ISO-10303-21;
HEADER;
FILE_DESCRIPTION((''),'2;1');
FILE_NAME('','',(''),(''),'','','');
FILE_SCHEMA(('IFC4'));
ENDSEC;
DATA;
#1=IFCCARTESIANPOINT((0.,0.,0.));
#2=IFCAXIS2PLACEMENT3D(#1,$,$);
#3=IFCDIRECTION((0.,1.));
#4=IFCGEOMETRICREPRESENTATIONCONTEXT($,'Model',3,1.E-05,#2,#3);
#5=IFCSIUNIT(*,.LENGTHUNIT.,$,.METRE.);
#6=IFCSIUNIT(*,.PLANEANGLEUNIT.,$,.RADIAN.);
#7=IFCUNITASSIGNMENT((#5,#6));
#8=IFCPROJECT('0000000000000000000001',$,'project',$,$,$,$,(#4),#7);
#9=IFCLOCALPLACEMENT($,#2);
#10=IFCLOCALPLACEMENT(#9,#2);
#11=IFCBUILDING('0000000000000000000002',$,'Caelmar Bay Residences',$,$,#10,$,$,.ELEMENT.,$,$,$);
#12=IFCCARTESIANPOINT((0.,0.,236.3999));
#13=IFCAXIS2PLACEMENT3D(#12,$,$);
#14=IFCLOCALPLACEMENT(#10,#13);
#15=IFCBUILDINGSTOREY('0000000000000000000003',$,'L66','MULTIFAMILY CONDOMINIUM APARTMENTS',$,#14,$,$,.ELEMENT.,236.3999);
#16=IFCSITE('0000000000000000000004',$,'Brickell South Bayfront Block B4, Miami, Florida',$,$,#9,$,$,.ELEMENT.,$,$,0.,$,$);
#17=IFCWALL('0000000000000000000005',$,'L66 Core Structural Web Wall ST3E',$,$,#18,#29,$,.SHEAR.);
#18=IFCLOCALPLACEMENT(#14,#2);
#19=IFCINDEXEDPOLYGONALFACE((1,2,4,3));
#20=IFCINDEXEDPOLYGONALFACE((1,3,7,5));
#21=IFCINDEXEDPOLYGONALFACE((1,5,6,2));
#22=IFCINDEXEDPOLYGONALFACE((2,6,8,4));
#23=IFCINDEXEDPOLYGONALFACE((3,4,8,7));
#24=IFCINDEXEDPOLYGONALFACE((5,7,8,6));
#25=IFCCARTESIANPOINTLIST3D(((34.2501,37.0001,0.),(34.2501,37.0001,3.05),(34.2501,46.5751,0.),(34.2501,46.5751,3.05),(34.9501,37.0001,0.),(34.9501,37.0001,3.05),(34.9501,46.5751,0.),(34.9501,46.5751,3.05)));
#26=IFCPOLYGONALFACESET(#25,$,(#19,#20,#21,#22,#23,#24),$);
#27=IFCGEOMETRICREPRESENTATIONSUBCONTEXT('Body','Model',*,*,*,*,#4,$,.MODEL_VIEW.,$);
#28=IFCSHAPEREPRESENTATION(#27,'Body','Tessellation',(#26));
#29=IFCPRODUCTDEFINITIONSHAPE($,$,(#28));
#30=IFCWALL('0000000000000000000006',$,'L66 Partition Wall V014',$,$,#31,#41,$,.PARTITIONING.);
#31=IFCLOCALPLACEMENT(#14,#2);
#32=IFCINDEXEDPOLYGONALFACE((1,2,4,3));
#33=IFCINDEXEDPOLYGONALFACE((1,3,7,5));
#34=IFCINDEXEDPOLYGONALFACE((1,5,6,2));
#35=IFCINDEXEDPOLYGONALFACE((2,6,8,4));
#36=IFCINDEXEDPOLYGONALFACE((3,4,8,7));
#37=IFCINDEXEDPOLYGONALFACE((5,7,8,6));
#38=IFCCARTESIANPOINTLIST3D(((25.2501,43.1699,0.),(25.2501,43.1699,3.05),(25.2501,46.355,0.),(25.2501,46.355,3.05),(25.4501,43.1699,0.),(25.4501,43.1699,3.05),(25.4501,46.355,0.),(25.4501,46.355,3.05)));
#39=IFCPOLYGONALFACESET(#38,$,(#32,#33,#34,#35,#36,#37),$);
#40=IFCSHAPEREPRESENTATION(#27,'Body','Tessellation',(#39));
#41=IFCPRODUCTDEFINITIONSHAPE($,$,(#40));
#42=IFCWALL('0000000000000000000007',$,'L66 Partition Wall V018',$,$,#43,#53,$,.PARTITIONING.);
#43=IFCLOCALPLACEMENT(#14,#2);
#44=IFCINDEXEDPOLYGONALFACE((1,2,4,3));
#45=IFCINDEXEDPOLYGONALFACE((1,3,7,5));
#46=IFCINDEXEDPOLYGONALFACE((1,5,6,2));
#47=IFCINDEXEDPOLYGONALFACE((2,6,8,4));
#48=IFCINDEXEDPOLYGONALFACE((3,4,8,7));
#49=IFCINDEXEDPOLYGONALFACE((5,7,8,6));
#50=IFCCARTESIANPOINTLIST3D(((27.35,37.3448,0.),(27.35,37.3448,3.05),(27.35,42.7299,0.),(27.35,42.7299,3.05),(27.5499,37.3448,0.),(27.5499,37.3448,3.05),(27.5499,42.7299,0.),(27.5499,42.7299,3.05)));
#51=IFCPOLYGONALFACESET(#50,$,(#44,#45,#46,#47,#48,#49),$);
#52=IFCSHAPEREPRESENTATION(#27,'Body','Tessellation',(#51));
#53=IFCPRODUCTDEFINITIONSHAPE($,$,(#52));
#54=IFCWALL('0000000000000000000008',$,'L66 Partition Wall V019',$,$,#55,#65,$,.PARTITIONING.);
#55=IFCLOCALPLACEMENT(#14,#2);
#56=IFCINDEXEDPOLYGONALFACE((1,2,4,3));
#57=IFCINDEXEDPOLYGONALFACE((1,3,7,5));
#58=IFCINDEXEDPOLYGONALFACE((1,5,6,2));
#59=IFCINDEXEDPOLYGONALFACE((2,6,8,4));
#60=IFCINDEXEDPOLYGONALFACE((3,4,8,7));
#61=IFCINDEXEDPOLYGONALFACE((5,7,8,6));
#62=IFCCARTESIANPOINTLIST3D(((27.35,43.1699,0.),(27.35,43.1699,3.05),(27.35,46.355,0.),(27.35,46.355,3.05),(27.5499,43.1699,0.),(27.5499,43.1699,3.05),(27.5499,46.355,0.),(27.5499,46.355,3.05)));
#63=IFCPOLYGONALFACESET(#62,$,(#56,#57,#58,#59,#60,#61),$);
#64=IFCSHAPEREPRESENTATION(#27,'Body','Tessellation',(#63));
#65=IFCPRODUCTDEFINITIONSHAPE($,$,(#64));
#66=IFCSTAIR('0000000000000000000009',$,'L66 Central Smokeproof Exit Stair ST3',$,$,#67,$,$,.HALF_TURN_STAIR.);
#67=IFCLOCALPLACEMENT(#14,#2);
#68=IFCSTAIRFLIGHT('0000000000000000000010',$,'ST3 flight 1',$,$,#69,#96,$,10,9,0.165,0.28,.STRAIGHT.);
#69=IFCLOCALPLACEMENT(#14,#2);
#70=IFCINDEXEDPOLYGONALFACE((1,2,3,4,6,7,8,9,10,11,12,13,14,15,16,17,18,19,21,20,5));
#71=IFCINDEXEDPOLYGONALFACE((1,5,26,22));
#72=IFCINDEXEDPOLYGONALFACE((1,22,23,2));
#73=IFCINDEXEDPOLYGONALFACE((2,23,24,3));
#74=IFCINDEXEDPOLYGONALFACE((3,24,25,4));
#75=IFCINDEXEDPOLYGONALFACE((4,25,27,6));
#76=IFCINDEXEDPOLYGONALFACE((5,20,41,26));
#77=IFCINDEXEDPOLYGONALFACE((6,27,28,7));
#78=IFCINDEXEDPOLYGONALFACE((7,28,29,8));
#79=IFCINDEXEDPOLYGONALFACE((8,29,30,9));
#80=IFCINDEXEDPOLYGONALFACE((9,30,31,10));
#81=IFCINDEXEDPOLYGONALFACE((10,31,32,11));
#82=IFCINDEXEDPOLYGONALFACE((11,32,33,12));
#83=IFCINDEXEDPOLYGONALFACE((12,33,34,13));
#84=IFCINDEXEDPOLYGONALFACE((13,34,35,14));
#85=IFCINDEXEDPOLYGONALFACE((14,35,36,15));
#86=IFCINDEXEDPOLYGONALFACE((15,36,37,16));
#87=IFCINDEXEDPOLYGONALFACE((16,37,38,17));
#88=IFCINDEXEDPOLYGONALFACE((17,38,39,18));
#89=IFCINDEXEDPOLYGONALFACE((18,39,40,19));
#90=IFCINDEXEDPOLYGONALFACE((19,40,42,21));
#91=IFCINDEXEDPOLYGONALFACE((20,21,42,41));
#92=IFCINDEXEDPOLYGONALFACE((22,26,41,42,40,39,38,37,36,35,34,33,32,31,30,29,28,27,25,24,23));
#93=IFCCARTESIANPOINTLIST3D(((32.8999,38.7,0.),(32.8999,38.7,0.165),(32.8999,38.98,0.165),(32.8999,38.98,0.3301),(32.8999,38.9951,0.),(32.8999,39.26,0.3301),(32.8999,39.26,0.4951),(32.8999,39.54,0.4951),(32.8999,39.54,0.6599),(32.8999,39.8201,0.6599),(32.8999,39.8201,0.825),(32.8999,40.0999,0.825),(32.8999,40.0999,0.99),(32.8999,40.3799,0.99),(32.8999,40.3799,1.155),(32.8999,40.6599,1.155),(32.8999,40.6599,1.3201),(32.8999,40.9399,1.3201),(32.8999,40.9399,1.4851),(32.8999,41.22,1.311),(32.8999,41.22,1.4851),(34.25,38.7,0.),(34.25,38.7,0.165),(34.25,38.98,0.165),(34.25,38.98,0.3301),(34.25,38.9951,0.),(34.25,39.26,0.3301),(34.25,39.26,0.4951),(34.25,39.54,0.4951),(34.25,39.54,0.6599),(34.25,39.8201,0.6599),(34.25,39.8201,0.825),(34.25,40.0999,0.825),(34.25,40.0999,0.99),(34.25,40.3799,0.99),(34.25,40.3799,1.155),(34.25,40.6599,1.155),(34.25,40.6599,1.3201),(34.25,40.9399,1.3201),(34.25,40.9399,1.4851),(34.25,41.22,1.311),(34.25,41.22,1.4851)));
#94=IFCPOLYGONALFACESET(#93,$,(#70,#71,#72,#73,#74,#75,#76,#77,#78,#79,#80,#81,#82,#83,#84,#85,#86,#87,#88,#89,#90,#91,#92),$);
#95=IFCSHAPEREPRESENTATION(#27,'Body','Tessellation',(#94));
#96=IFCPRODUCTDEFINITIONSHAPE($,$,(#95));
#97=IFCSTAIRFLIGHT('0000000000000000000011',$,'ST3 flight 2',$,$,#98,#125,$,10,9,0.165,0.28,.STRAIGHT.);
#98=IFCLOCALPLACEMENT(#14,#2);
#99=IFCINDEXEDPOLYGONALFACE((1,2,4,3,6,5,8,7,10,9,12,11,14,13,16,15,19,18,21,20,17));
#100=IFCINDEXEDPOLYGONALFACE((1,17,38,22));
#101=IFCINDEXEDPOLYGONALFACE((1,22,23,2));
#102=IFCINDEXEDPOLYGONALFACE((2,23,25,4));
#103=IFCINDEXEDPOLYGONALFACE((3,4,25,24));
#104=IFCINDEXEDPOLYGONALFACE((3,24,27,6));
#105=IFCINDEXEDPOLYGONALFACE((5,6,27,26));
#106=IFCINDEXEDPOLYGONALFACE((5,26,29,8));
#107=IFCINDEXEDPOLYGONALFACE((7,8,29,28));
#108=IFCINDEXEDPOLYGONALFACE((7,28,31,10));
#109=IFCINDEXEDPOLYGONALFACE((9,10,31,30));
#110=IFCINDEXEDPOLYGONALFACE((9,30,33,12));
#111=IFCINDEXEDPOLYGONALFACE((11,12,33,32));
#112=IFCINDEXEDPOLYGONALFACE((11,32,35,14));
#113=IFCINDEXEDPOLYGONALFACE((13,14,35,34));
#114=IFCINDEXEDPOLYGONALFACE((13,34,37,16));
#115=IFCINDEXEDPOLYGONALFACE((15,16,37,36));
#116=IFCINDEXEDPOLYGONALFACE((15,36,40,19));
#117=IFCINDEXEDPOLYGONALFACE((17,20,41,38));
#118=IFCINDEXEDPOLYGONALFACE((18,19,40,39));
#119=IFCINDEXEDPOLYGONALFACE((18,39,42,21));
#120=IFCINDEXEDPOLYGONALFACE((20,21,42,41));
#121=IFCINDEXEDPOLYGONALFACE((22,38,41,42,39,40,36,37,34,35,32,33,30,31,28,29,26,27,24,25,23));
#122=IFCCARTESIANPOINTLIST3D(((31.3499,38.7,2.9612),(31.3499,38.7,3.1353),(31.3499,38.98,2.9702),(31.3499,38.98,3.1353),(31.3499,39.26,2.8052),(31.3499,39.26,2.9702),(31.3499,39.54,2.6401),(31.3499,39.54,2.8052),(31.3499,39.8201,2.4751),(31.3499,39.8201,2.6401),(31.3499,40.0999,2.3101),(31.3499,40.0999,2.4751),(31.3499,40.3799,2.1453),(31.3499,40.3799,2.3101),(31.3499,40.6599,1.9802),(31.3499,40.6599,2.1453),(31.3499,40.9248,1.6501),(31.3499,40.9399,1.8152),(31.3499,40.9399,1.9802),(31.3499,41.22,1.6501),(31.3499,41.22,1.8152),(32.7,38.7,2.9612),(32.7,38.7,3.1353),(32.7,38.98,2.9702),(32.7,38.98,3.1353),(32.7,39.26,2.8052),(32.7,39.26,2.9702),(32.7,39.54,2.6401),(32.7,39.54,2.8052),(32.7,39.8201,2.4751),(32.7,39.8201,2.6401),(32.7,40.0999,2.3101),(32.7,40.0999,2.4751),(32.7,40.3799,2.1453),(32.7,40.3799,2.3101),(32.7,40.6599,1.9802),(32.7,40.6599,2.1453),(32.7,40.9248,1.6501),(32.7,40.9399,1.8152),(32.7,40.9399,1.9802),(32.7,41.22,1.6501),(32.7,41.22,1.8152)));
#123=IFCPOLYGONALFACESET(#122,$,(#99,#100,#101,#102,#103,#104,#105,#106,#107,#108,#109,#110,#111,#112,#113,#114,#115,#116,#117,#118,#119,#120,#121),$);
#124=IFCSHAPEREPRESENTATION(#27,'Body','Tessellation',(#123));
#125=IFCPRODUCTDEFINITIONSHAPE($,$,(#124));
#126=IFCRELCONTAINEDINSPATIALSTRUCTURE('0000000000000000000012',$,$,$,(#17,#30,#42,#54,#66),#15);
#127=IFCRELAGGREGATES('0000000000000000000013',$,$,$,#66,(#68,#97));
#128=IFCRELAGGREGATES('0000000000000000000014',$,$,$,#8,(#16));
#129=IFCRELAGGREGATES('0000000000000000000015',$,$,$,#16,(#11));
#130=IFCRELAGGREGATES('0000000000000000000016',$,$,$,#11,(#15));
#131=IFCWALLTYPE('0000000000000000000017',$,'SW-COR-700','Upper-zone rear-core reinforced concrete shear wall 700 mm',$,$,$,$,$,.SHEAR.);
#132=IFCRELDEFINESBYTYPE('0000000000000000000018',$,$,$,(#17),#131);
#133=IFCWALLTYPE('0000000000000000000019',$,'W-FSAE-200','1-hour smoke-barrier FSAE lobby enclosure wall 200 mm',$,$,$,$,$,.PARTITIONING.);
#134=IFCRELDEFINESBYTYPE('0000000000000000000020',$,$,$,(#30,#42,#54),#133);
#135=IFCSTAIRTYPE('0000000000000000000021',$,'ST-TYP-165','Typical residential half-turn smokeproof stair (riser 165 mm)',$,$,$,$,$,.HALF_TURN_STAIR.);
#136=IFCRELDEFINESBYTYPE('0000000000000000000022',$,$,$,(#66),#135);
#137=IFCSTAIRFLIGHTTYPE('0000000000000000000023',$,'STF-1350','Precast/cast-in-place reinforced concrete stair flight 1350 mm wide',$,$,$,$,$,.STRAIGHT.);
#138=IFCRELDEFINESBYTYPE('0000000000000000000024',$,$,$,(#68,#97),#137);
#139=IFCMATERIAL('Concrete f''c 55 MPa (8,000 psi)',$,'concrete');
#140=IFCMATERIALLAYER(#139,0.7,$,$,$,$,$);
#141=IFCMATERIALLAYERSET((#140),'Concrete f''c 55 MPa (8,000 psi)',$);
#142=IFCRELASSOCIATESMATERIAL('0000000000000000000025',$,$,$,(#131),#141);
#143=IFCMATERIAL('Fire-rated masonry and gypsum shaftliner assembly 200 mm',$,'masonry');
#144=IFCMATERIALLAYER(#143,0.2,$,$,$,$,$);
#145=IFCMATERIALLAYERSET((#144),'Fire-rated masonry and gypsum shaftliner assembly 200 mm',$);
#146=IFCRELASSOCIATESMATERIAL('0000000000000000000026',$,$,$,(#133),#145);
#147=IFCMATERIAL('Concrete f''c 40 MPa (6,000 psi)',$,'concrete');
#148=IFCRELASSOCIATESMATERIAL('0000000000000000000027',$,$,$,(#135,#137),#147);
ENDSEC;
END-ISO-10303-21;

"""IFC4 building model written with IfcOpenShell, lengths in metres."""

from ifc_helpers import new_model, si_unit, direction, frame, frame_2d, origin, place, context, subcontext, project, spatial, polyline, rectangle, outline, extrude, material, layer, layer_set, type_object, element, aggregate, save


model = new_model("IFC4")

# Units and contexts
model_context = context("Model", 3, precision=1e-05, world=origin(), true_north=direction((0.0, 1.0)))
body_context = subcontext(model_context, "Body", "Model", "MODEL_VIEW")
ifc_project = project(units=[si_unit("LENGTHUNIT", "METRE"), si_unit("PLANEANGLEUNIT", "RADIAN")], contexts=[model_context])

# Site, building, storey
site_placement = place(None, origin())
site = spatial("IfcSite", under=ifc_project, at=site_placement, Name="Brickell South Bayfront Block B4, Miami, Florida", CompositionType="ELEMENT", RefElevation=0.0)
building_placement = place(site_placement, origin())
building = spatial("IfcBuilding", under=site, at=building_placement, Name="Caelmar Bay Residences", CompositionType="ELEMENT")
storey_placement = place(building_placement, frame((0.0, 0.0, 236.3999)))
storey = spatial("IfcBuildingStorey", under=building, at=storey_placement, Name="L66", Description="MULTIFAMILY CONDOMINIUM APARTMENTS", CompositionType="ELEMENT", Elevation=236.3999)

# Wall
ifc_material_1 = material(Name="Concrete f'c 55 MPa (8,000 psi)", Category="concrete")
ifc_layer_1 = layer(ifc_material_1, 0.7)
ifc_layer_set_1 = layer_set([ifc_layer_1], Name="Concrete f'c 55 MPa (8,000 psi)")
wall_type_1 = type_object("IfcWallType", Name="SW-COR-700", Description="Upper-zone rear-core reinforced concrete shear wall 700 mm", PredefinedType="SHEAR", material=ifc_layer_set_1)
wall_1_placement = place(storey_placement, frame((34.6001, 37.0, 0.0), z_axis=(0.0, 0.0, 1.0), x_axis=(0.0, 1.0, 0.0)))
element("IfcWall", 1, at=wall_1_placement, inside=storey, type_object=wall_type_1, Name="L66 Core Structural Web Wall ST3E", PredefinedType="SHEAR", context=body_context, shape_type="SweptSolid", body=[
    extrude(rectangle(XDim=9.575, YDim=0.7, at=frame_2d((4.7876, 0.0))), origin(), (0.0, 0.0, 1.0), 3.05),
])

# Walls
ifc_material_2 = material(Name="Fire-rated masonry and gypsum shaftliner assembly 200 mm", Category="masonry")
ifc_layer_2 = layer(ifc_material_2, 0.2)
ifc_layer_set_2 = layer_set([ifc_layer_2], Name="Fire-rated masonry and gypsum shaftliner assembly 200 mm")
wall_type_2 = type_object("IfcWallType", Name="W-FSAE-200", Description="1-hour smoke-barrier FSAE lobby enclosure wall 200 mm", PredefinedType="PARTITIONING", material=ifc_layer_set_2)
wall_2_placement = place(storey_placement, frame((25.3501, 43.1699, 0.0), z_axis=(0.0, 0.0, 1.0), x_axis=(0.0, 1.0, 0.0)))
element("IfcWall", 2, at=wall_2_placement, inside=storey, type_object=wall_type_2, Name="L66 Partition Wall V014", PredefinedType="PARTITIONING", context=body_context, shape_type="SweptSolid", body=[
    extrude(rectangle(XDim=3.1851, YDim=0.2, at=frame_2d((1.5925, 0.0))), origin(), (0.0, 0.0, 1.0), 3.05),
])
wall_3_placement = place(storey_placement, frame((27.45, 37.345, 0.0), z_axis=(0.0, 0.0, 1.0), x_axis=(0.0, 1.0, 0.0)))
element("IfcWall", 3, at=wall_3_placement, inside=storey, type_object=wall_type_2, Name="L66 Partition Wall V018", PredefinedType="PARTITIONING", context=body_context, shape_type="SweptSolid", body=[
    extrude(rectangle(XDim=5.385, YDim=0.2, at=frame_2d((2.6924, 0.0))), origin(), (0.0, 0.0, 1.0), 3.05),
])
wall_4_placement = place(storey_placement, frame((27.45, 43.1699, 0.0), z_axis=(0.0, 0.0, 1.0), x_axis=(0.0, 1.0, 0.0)))
element("IfcWall", 4, at=wall_4_placement, inside=storey, type_object=wall_type_2, Name="L66 Partition Wall V019", PredefinedType="PARTITIONING", context=body_context, shape_type="SweptSolid", body=[
    extrude(rectangle(XDim=3.1851, YDim=0.2, at=frame_2d((1.5925, 0.0))), origin(), (0.0, 0.0, 1.0), 3.05),
])

# Stair, stair flights
ifc_material_3 = material(Name="Concrete f'c 40 MPa (6,000 psi)", Category="concrete")
stair_type = type_object("IfcStairType", Name="ST-TYP-165", Description="Typical residential half-turn smokeproof stair (riser 165 mm)", PredefinedType="HALF_TURN_STAIR", material=ifc_material_3)
stair_placement = place(storey_placement, origin())
stair = element("IfcStair", 5, at=stair_placement, inside=storey, type_object=stair_type, Name="L66 Central Smokeproof Exit Stair ST3", PredefinedType="HALF_TURN_STAIR")
stair_flight_type = type_object("IfcStairFlightType", Name="STF-1350", Description="Precast/cast-in-place reinforced concrete stair flight 1350 mm wide", PredefinedType="STRAIGHT", material=ifc_material_3)
stair_flight_1_placement = place(storey_placement, frame((33.575, 38.7, 0.0), z_axis=(0.0, 0.0, 1.0), x_axis=(0.0, 1.0, 0.0)))
stair_flight_1 = element("IfcStairFlight", 6, at=stair_flight_1_placement, type_object=stair_flight_type, Name="ST3 flight 1", NumberOfRisers=10, NumberOfTreads=9, PredefinedType="STRAIGHT", RiserHeight=0.165, TreadLength=0.28, context=body_context, shape_type="SweptSolid", body=[
    extrude(outline(polyline([(0.0, 0.0), (0.0, 0.165), (0.28, 0.165), (0.28, 0.3301), (0.5601, 0.3301), (0.5601, 0.4951), (0.8401, 0.4951), (0.8401, 0.6599), (1.1201, 0.6599), (1.1201, 0.825), (1.3999, 0.825), (1.3999, 0.99), (1.6799, 0.99), (1.6799, 1.155), (1.96, 1.155), (1.96, 1.3201), (2.24, 1.3201), (2.24, 1.4851), (2.52, 1.4851), (2.52, 1.6499), (2.52, 1.311), (0.2952, 0.0), (0.0, 0.0)])), frame((0.0, 0.675, 0.0), z_axis=(0.0, -1.0, 0.0), x_axis=(1.0, 0.0, 0.0)), (0.0, 0.0, 1.0), 1.3501),
])
stair_flight_2_placement = place(storey_placement, frame((32.0249, 41.22, 1.6501), z_axis=(0.0, 0.0, 1.0), x_axis=(0.0, -1.0, 0.0)))
stair_flight_2 = element("IfcStairFlight", 7, at=stair_flight_2_placement, type_object=stair_flight_type, Name="ST3 flight 2", NumberOfRisers=10, NumberOfTreads=9, PredefinedType="STRAIGHT", RiserHeight=0.165, TreadLength=0.28, context=body_context, shape_type="SweptSolid", body=[
    extrude(outline(polyline([(0.0, 0.0), (0.0, 0.165), (0.28, 0.165), (0.28, 0.3301), (0.5601, 0.3301), (0.5601, 0.4951), (0.8401, 0.4951), (0.8401, 0.6599), (1.1201, 0.6599), (1.1201, 0.825), (1.3999, 0.825), (1.3999, 0.99), (1.6799, 0.99), (1.6799, 1.155), (1.96, 1.155), (1.96, 1.3201), (2.24, 1.3201), (2.24, 1.4851), (2.52, 1.4851), (2.52, 1.6499), (2.52, 1.311), (0.2952, 0.0), (0.0, 0.0)])), frame((0.0, 0.675, 0.0), z_axis=(0.0, -1.0, 0.0), x_axis=(1.0, 0.0, 0.0)), (0.0, 0.0, 1.0), 1.3501),
])
aggregate(stair, [stair_flight_1, stair_flight_2])

save(model, "model.ifc")
